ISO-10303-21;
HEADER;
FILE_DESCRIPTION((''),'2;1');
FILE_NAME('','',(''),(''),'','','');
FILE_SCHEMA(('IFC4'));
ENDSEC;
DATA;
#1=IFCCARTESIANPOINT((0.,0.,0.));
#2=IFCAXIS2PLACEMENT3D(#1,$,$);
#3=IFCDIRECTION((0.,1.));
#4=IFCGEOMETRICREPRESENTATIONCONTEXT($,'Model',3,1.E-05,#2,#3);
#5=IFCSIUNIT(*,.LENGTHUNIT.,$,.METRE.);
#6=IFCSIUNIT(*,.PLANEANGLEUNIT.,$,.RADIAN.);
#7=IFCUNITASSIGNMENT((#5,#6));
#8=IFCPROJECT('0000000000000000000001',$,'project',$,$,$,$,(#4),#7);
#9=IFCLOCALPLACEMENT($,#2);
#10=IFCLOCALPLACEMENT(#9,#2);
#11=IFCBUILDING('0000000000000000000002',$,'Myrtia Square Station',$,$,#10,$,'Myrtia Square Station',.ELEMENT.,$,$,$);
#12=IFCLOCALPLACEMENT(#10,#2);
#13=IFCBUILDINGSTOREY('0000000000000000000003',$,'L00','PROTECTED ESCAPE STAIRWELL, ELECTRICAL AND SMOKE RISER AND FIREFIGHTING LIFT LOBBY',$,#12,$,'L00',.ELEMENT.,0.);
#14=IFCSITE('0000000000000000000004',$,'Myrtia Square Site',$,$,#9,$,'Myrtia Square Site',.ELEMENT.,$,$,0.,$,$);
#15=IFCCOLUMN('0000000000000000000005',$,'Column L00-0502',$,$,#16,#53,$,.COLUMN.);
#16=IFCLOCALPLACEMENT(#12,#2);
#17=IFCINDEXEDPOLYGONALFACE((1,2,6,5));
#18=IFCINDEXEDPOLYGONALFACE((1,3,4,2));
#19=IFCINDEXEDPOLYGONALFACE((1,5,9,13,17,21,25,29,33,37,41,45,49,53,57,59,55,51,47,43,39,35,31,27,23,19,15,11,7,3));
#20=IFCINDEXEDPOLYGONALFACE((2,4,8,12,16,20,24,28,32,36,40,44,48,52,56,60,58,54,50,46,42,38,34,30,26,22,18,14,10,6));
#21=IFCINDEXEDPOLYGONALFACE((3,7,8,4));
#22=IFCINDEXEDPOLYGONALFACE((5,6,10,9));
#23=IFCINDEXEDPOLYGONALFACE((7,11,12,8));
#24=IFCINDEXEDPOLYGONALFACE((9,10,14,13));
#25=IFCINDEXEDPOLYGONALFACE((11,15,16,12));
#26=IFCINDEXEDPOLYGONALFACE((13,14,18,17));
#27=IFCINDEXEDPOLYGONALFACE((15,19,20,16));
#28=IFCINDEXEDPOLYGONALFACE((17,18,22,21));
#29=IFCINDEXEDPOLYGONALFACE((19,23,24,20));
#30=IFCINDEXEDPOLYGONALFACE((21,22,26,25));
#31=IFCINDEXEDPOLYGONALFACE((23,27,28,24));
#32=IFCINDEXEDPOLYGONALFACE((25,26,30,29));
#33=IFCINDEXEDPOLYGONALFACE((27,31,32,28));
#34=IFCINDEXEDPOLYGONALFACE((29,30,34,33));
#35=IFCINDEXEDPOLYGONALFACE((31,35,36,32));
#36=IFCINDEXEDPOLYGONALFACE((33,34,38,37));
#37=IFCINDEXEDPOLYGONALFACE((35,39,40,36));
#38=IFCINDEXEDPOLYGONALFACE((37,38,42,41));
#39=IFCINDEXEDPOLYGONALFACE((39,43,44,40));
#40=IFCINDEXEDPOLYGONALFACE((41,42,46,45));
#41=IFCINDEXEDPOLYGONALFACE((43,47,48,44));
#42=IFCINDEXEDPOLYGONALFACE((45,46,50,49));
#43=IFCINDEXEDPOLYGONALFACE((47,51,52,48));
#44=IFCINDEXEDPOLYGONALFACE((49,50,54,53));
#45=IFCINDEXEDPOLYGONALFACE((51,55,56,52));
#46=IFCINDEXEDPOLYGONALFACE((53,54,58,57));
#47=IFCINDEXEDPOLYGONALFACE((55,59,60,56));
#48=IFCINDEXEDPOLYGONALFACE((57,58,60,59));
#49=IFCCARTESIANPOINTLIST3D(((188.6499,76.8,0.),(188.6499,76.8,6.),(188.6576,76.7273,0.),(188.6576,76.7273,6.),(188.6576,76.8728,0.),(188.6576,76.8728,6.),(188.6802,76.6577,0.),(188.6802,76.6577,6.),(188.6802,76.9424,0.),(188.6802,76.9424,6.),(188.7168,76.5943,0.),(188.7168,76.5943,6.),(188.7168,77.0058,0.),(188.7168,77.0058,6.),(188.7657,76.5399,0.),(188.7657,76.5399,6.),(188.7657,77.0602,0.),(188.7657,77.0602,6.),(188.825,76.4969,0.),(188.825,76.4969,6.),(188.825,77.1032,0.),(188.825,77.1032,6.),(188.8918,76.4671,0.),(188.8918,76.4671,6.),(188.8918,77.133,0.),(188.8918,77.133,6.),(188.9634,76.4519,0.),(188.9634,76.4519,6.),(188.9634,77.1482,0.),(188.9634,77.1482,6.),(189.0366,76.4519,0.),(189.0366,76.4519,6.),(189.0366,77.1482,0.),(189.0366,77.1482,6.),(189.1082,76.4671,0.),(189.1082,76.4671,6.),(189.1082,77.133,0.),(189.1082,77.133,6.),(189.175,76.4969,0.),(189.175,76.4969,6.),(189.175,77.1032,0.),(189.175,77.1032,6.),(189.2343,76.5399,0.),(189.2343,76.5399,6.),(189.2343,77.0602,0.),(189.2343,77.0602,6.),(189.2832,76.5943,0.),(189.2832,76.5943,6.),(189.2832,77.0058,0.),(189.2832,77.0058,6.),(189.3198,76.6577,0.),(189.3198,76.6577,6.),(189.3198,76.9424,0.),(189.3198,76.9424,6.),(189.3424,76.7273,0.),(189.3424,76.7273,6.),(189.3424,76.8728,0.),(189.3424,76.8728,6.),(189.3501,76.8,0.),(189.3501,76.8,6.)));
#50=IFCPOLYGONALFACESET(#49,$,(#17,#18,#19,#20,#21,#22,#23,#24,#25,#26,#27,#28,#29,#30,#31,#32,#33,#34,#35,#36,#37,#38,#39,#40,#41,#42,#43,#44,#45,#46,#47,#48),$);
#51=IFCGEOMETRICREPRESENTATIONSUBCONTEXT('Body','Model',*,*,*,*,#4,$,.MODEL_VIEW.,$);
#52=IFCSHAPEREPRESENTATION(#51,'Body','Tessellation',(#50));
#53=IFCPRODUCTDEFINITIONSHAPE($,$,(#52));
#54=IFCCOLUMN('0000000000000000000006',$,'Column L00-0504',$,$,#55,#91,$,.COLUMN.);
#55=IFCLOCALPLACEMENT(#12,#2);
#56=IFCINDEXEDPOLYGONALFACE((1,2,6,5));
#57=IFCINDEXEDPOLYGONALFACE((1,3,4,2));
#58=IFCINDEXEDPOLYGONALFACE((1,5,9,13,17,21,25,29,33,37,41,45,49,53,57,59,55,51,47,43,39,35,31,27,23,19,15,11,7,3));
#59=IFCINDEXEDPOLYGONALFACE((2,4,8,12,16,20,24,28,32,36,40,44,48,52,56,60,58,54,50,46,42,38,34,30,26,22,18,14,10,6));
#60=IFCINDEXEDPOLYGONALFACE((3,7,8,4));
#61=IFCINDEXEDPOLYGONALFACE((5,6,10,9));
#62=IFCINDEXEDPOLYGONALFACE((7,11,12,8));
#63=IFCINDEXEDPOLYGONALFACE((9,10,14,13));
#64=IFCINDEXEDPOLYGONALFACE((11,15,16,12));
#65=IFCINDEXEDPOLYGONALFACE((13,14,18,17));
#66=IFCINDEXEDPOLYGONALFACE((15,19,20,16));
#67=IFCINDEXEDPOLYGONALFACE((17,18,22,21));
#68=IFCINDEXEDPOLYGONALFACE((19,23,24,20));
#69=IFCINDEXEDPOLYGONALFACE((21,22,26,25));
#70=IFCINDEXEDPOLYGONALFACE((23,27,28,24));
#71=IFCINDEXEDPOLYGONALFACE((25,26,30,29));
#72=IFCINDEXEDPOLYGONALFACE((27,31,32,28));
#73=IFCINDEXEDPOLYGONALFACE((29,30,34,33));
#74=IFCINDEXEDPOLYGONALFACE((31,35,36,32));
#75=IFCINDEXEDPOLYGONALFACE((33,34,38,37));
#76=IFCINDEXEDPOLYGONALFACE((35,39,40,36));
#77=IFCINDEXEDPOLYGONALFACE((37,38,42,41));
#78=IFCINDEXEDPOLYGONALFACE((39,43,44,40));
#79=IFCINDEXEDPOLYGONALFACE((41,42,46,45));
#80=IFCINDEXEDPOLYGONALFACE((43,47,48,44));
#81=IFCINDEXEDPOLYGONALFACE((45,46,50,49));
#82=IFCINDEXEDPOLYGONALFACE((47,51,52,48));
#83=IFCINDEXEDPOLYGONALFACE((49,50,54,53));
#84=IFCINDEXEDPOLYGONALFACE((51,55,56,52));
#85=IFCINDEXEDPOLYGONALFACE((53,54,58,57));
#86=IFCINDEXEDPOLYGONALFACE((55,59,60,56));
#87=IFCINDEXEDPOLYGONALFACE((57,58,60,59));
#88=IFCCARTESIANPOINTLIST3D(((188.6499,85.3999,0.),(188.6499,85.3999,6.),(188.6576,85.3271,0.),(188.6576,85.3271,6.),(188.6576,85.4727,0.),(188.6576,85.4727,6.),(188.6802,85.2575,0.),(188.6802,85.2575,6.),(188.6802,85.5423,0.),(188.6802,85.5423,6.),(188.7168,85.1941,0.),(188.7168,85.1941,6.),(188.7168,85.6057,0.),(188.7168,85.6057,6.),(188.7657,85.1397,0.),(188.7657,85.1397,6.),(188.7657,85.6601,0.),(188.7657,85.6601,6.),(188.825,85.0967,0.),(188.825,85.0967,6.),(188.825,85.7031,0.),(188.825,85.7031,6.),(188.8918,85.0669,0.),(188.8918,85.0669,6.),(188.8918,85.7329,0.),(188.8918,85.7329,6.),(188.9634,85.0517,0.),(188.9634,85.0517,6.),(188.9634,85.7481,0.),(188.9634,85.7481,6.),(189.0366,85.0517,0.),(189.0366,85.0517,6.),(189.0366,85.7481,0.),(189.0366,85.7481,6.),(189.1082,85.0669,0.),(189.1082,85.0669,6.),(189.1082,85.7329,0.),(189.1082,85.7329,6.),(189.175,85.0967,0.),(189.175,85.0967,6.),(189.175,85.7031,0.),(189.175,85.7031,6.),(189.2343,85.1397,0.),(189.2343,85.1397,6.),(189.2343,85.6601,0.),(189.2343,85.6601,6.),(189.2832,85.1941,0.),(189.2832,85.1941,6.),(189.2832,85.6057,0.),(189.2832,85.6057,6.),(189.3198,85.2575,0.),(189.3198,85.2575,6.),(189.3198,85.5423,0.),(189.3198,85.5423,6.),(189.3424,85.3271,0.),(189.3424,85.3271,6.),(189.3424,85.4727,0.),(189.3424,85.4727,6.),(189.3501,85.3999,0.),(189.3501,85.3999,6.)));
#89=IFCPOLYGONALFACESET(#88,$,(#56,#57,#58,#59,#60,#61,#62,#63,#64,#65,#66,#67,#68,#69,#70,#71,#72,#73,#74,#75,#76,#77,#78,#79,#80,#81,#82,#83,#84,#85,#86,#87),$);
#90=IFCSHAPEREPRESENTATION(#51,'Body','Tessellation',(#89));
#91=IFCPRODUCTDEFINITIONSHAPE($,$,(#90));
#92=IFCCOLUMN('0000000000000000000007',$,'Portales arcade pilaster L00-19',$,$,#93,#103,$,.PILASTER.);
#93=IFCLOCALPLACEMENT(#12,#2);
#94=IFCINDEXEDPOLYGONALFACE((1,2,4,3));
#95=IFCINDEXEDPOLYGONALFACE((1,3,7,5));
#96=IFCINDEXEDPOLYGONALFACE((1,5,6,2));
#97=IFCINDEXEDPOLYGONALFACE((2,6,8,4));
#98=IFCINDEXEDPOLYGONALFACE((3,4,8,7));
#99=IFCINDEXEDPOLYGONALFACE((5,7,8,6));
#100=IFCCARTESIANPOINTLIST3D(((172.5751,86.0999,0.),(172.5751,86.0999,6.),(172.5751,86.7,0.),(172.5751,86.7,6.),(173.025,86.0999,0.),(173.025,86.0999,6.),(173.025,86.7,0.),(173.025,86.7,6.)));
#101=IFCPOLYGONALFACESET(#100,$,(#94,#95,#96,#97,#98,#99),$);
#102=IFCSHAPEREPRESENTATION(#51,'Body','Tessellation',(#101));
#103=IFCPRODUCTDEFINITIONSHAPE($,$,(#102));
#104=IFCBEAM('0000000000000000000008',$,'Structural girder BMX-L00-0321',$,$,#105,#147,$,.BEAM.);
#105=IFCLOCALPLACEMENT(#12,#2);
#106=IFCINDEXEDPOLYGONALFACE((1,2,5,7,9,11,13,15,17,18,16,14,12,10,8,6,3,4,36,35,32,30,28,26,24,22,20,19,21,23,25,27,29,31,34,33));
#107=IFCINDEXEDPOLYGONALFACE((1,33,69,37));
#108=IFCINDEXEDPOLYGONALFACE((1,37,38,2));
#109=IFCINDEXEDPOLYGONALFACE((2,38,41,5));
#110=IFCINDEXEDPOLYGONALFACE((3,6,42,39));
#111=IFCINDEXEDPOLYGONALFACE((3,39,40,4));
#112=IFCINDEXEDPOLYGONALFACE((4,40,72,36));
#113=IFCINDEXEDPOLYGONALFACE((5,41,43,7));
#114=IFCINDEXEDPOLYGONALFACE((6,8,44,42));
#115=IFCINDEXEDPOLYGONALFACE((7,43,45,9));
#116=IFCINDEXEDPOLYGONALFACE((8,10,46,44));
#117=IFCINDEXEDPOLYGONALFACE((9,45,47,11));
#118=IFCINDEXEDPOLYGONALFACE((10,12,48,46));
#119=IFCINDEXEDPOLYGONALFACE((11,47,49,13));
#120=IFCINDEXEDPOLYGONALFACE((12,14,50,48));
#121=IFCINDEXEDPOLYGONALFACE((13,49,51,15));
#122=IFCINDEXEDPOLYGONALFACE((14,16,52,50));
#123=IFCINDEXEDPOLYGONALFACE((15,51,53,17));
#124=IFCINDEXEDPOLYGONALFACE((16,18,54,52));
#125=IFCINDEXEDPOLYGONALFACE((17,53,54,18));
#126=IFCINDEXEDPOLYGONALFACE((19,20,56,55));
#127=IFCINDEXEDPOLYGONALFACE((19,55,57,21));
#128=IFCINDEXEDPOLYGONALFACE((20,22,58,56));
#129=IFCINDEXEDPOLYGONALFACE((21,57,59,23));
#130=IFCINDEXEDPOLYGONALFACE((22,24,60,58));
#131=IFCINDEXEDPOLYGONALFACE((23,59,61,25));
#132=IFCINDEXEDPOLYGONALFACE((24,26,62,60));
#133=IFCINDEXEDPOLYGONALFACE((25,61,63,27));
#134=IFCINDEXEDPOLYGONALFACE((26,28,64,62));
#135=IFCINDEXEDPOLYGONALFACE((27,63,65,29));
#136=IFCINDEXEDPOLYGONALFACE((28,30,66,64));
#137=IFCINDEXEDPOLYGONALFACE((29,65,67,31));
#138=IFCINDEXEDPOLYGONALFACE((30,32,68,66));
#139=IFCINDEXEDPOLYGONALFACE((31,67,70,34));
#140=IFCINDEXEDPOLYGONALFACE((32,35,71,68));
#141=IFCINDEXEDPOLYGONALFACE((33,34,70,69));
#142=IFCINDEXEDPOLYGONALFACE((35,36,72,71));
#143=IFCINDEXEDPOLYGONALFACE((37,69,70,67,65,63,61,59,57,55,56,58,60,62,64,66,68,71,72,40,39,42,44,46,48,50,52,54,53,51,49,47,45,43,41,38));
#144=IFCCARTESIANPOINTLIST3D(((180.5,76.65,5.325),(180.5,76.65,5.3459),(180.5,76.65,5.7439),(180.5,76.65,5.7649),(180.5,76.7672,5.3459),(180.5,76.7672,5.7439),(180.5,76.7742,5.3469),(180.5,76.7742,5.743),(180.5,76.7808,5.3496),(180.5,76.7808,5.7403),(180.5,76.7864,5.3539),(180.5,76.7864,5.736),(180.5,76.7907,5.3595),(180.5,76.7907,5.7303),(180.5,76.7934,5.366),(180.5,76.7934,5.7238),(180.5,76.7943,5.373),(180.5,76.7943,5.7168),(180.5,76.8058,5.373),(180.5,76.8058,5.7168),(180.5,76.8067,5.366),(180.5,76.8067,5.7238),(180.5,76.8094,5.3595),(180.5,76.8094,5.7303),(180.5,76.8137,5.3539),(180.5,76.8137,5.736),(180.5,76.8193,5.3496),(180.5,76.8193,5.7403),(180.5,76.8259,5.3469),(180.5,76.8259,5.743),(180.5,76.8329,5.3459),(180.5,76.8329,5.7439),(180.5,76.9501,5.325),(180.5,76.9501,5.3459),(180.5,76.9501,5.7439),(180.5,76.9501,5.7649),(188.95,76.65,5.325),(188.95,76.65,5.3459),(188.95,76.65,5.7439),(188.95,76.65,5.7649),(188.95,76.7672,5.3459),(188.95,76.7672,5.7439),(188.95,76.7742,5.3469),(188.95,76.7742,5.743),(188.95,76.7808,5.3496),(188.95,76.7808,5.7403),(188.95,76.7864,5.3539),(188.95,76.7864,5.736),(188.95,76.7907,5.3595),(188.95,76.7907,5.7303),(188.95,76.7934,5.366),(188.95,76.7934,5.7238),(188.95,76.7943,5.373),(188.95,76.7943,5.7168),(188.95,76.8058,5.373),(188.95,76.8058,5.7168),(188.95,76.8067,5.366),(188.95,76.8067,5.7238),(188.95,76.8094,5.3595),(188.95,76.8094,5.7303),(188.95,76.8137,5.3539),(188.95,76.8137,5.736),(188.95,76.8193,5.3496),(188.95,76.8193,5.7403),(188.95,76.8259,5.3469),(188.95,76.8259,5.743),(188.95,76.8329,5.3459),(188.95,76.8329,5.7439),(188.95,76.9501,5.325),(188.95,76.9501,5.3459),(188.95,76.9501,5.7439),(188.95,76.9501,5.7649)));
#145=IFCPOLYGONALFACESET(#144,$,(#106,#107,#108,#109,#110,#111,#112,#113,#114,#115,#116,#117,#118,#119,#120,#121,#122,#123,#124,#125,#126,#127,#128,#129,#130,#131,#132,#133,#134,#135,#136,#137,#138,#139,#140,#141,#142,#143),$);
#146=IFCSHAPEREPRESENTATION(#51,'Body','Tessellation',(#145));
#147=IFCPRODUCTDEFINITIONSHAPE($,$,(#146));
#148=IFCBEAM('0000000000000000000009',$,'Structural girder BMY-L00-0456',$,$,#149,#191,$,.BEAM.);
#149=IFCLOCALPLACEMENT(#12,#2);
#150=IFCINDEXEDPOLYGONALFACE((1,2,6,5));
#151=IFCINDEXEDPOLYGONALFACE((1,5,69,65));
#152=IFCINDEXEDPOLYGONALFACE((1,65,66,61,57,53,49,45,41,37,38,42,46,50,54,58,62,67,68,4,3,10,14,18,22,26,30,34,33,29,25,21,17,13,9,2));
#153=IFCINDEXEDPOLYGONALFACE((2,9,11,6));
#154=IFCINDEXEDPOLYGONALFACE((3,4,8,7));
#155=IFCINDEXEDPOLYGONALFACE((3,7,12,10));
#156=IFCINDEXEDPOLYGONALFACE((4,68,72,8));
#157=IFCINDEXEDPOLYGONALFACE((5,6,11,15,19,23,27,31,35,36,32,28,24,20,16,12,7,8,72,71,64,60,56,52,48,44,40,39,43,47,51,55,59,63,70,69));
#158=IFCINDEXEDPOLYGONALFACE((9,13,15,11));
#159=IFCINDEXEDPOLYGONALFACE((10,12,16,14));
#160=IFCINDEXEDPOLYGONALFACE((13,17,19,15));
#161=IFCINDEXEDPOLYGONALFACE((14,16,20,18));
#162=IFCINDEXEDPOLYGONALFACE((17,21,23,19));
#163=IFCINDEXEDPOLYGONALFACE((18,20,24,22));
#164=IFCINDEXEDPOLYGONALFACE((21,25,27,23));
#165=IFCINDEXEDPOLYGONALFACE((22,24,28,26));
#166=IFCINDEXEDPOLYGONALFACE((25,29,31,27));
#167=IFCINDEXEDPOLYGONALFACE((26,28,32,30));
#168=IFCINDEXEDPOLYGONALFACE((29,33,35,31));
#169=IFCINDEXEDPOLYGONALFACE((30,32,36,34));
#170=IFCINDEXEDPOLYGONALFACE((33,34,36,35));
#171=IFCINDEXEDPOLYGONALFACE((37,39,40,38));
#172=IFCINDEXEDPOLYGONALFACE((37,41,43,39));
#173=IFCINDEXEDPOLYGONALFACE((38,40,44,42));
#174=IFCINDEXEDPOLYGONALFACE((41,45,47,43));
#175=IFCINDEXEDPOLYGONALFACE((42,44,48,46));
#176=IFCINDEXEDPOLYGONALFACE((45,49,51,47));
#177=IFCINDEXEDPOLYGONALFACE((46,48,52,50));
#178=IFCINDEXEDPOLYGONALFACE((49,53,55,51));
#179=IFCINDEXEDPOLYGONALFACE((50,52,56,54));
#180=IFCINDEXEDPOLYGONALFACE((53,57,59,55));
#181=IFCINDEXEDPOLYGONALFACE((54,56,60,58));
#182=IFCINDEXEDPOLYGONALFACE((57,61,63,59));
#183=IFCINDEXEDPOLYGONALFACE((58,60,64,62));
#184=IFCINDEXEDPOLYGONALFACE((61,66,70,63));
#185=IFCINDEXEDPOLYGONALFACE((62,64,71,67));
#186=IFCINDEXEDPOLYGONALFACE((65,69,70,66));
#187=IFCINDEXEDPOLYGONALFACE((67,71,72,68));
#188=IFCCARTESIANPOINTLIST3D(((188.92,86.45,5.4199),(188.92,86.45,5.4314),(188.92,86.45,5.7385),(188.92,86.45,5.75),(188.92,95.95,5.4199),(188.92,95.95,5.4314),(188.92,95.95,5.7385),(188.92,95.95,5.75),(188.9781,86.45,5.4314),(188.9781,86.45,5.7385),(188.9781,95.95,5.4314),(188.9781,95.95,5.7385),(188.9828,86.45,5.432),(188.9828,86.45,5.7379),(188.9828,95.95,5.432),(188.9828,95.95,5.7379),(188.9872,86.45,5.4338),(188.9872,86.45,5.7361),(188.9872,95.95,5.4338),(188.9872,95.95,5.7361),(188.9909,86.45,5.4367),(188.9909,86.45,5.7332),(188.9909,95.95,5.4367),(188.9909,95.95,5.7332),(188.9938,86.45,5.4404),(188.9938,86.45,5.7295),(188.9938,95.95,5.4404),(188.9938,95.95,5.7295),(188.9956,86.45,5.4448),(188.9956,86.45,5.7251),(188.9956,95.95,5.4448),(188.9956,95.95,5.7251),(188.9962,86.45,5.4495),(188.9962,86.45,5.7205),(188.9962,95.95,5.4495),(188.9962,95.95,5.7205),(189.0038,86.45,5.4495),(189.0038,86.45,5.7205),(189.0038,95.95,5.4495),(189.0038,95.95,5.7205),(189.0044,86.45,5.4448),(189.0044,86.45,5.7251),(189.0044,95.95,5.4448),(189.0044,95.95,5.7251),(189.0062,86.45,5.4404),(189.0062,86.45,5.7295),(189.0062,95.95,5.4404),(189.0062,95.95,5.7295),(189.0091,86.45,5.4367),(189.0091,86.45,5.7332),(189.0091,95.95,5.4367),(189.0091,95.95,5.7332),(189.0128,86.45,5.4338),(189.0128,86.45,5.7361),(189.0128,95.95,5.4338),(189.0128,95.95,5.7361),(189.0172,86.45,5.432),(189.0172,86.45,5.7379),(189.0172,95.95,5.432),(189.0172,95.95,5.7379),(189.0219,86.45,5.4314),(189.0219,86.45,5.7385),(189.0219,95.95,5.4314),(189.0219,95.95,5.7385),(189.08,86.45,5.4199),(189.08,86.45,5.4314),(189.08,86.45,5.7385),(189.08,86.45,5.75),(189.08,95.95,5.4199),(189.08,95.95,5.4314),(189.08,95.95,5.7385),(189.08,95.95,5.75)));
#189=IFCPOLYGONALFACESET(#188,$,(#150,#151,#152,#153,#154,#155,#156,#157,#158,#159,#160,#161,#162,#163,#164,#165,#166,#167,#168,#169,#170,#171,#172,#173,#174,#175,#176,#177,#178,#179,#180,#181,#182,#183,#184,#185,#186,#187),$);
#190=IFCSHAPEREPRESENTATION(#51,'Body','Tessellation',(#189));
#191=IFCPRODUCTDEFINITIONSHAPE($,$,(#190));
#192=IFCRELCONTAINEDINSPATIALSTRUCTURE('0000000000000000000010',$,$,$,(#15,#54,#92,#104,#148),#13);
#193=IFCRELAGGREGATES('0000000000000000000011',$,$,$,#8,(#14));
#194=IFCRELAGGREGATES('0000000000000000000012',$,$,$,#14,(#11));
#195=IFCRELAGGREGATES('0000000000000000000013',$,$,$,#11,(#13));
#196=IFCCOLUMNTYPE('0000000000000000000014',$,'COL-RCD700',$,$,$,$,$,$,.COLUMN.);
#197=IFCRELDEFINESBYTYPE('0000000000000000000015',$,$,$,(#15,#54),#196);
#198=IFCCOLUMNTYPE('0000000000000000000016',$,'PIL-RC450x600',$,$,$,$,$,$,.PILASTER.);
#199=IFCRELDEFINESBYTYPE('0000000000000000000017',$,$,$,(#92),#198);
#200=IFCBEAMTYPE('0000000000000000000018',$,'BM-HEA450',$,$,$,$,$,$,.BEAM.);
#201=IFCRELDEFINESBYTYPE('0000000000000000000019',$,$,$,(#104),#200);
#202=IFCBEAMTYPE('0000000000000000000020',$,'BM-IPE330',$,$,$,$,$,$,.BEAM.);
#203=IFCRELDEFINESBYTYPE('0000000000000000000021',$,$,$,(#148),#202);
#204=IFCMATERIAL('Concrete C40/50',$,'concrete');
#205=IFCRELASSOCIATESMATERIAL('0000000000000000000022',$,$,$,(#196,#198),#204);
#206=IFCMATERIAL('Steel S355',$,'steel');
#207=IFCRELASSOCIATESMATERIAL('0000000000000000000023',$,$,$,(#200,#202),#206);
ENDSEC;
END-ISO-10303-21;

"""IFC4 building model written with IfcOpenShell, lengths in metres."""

from ifc_helpers import new_model, si_unit, direction, frame, origin, origin_2d, place, context, subcontext, project, spatial, rectangle, circle, i_section, extrude, material, material_profile, profile_set, type_object, element, save


model = new_model("IFC4")

# Units and contexts
model_context = context("Model", 3, precision=1e-05, world=origin(), true_north=direction((0.0, 1.0)))
body_context = subcontext(model_context, "Body", "Model", "MODEL_VIEW")
ifc_project = project(units=[si_unit("LENGTHUNIT", "METRE"), si_unit("PLANEANGLEUNIT", "RADIAN")], contexts=[model_context])

# Site, building, storey
site_placement = place(None, origin())
site = spatial("IfcSite", under=ifc_project, at=site_placement, Name="Myrtia Square Site", LongName="Myrtia Square Site", CompositionType="ELEMENT", RefElevation=0.0)
building_placement = place(site_placement, origin())
building = spatial("IfcBuilding", under=site, at=building_placement, Name="Myrtia Square Station", LongName="Myrtia Square Station", CompositionType="ELEMENT")
storey_placement = place(building_placement, origin())
storey = spatial("IfcBuildingStorey", under=building, at=storey_placement, Name="L00", Description="PROTECTED ESCAPE STAIRWELL, ELECTRICAL AND SMOKE RISER AND FIREFIGHTING LIFT LOBBY", LongName="L00", CompositionType="ELEMENT", Elevation=0.0)

# Columns
ifc_material_1 = material(Name="Steel S355", Category="steel")
ifc_material_2 = material(Name="Concrete C40/50", Category="concrete")
ifc_material_profile_1 = material_profile(ifc_material_2, circle(Radius=0.3501, at=origin_2d()), Name="RC D700")
ifc_profile_set_1 = profile_set([ifc_material_profile_1], Name="Concrete C40/50")
column_type_1 = type_object("IfcColumnType", Name="COL-RCD700", PredefinedType="COLUMN", material=ifc_profile_set_1)
for number, where, z_axis, x_axis, name in (
    (1, (189.0, 76.8, 0.0), (0.0, 0.0, 1.0), (1.0, 0.0, 0.0), "Column L00-0502"),
    (2, (189.0, 85.3999, 0.0), (0.0, 0.0, 1.0), (1.0, 0.0, 0.0), "Column L00-0504"),
):
    element("IfcColumn", number, at=place(storey_placement, frame(where, z_axis=z_axis, x_axis=x_axis)), inside=storey, type_object=column_type_1, Name=name, PredefinedType="COLUMN", context=body_context, shape_type="SweptSolid", body=[
        extrude(circle(Radius=0.3501, at=origin_2d()), origin(), (0.0, 0.0, 1.0), 6.0),
    ])
ifc_material_profile_2 = material_profile(ifc_material_2, rectangle(XDim=0.45, YDim=0.6001, at=origin_2d()), Name="PIL 450x600")
ifc_profile_set_2 = profile_set([ifc_material_profile_2], Name="Concrete C40/50")
column_type_2 = type_object("IfcColumnType", Name="PIL-RC450x600", PredefinedType="PILASTER", material=ifc_profile_set_2)
column_placement = place(storey_placement, frame((172.8, 86.3999, 0.0), z_axis=(0.0, 0.0, 1.0), x_axis=(1.0, 0.0, 0.0)))
element("IfcColumn", 3, at=column_placement, inside=storey, type_object=column_type_2, Name="Portales arcade pilaster L00-19", PredefinedType="PILASTER", context=body_context, shape_type="SweptSolid", body=[
    extrude(rectangle(XDim=0.45, YDim=0.6001, at=origin_2d()), origin(), (0.0, 0.0, 1.0), 6.0),
])

# Beams
ifc_material_profile_3 = material_profile(ifc_material_1, i_section(OverallWidth=0.3, OverallDepth=0.4399, WebThickness=0.0115, FlangeThickness=0.021, FilletRadius=0.0271, at=origin_2d()), Name="HEA 450")
ifc_profile_set_3 = profile_set([ifc_material_profile_3], Name="Steel S355")
beam_type_1 = type_object("IfcBeamType", Name="BM-HEA450", PredefinedType="BEAM", material=ifc_profile_set_3)
beam_1_placement = place(storey_placement, frame((180.5, 76.8, 5.5449), z_axis=(1.0, 0.0, 0.0), x_axis=(0.0, 1.0, 0.0)))
element("IfcBeam", 4, at=beam_1_placement, inside=storey, type_object=beam_type_1, Name="Structural girder BMX-L00-0321", PredefinedType="BEAM", context=body_context, shape_type="SweptSolid", body=[
    extrude(i_section(OverallWidth=0.3, OverallDepth=0.4399, WebThickness=0.0115, FlangeThickness=0.021, FilletRadius=0.0271, at=origin_2d()), origin(), (0.0, 0.0, 1.0), 8.45),
])
ifc_material_profile_4 = material_profile(ifc_material_1, i_section(OverallWidth=0.1599, OverallDepth=0.3301, WebThickness=0.0076, FlangeThickness=0.0115, FilletRadius=0.0181, at=origin_2d()), Name="IPE 330")
ifc_profile_set_4 = profile_set([ifc_material_profile_4], Name="Steel S355")
beam_type_2 = type_object("IfcBeamType", Name="BM-IPE330", PredefinedType="BEAM", material=ifc_profile_set_4)
beam_2_placement = place(storey_placement, frame((189.0, 86.45, 5.585), z_axis=(0.0, 1.0, 0.0), x_axis=(-1.0, 0.0, 0.0)))
element("IfcBeam", 5, at=beam_2_placement, inside=storey, type_object=beam_type_2, Name="Structural girder BMY-L00-0456", PredefinedType="BEAM", context=body_context, shape_type="SweptSolid", body=[
    extrude(i_section(OverallWidth=0.1599, OverallDepth=0.3301, WebThickness=0.0076, FlangeThickness=0.0115, FilletRadius=0.0181, at=origin_2d()), origin(), (0.0, 0.0, 1.0), 9.5),
])

save(model, "model.ifc")
